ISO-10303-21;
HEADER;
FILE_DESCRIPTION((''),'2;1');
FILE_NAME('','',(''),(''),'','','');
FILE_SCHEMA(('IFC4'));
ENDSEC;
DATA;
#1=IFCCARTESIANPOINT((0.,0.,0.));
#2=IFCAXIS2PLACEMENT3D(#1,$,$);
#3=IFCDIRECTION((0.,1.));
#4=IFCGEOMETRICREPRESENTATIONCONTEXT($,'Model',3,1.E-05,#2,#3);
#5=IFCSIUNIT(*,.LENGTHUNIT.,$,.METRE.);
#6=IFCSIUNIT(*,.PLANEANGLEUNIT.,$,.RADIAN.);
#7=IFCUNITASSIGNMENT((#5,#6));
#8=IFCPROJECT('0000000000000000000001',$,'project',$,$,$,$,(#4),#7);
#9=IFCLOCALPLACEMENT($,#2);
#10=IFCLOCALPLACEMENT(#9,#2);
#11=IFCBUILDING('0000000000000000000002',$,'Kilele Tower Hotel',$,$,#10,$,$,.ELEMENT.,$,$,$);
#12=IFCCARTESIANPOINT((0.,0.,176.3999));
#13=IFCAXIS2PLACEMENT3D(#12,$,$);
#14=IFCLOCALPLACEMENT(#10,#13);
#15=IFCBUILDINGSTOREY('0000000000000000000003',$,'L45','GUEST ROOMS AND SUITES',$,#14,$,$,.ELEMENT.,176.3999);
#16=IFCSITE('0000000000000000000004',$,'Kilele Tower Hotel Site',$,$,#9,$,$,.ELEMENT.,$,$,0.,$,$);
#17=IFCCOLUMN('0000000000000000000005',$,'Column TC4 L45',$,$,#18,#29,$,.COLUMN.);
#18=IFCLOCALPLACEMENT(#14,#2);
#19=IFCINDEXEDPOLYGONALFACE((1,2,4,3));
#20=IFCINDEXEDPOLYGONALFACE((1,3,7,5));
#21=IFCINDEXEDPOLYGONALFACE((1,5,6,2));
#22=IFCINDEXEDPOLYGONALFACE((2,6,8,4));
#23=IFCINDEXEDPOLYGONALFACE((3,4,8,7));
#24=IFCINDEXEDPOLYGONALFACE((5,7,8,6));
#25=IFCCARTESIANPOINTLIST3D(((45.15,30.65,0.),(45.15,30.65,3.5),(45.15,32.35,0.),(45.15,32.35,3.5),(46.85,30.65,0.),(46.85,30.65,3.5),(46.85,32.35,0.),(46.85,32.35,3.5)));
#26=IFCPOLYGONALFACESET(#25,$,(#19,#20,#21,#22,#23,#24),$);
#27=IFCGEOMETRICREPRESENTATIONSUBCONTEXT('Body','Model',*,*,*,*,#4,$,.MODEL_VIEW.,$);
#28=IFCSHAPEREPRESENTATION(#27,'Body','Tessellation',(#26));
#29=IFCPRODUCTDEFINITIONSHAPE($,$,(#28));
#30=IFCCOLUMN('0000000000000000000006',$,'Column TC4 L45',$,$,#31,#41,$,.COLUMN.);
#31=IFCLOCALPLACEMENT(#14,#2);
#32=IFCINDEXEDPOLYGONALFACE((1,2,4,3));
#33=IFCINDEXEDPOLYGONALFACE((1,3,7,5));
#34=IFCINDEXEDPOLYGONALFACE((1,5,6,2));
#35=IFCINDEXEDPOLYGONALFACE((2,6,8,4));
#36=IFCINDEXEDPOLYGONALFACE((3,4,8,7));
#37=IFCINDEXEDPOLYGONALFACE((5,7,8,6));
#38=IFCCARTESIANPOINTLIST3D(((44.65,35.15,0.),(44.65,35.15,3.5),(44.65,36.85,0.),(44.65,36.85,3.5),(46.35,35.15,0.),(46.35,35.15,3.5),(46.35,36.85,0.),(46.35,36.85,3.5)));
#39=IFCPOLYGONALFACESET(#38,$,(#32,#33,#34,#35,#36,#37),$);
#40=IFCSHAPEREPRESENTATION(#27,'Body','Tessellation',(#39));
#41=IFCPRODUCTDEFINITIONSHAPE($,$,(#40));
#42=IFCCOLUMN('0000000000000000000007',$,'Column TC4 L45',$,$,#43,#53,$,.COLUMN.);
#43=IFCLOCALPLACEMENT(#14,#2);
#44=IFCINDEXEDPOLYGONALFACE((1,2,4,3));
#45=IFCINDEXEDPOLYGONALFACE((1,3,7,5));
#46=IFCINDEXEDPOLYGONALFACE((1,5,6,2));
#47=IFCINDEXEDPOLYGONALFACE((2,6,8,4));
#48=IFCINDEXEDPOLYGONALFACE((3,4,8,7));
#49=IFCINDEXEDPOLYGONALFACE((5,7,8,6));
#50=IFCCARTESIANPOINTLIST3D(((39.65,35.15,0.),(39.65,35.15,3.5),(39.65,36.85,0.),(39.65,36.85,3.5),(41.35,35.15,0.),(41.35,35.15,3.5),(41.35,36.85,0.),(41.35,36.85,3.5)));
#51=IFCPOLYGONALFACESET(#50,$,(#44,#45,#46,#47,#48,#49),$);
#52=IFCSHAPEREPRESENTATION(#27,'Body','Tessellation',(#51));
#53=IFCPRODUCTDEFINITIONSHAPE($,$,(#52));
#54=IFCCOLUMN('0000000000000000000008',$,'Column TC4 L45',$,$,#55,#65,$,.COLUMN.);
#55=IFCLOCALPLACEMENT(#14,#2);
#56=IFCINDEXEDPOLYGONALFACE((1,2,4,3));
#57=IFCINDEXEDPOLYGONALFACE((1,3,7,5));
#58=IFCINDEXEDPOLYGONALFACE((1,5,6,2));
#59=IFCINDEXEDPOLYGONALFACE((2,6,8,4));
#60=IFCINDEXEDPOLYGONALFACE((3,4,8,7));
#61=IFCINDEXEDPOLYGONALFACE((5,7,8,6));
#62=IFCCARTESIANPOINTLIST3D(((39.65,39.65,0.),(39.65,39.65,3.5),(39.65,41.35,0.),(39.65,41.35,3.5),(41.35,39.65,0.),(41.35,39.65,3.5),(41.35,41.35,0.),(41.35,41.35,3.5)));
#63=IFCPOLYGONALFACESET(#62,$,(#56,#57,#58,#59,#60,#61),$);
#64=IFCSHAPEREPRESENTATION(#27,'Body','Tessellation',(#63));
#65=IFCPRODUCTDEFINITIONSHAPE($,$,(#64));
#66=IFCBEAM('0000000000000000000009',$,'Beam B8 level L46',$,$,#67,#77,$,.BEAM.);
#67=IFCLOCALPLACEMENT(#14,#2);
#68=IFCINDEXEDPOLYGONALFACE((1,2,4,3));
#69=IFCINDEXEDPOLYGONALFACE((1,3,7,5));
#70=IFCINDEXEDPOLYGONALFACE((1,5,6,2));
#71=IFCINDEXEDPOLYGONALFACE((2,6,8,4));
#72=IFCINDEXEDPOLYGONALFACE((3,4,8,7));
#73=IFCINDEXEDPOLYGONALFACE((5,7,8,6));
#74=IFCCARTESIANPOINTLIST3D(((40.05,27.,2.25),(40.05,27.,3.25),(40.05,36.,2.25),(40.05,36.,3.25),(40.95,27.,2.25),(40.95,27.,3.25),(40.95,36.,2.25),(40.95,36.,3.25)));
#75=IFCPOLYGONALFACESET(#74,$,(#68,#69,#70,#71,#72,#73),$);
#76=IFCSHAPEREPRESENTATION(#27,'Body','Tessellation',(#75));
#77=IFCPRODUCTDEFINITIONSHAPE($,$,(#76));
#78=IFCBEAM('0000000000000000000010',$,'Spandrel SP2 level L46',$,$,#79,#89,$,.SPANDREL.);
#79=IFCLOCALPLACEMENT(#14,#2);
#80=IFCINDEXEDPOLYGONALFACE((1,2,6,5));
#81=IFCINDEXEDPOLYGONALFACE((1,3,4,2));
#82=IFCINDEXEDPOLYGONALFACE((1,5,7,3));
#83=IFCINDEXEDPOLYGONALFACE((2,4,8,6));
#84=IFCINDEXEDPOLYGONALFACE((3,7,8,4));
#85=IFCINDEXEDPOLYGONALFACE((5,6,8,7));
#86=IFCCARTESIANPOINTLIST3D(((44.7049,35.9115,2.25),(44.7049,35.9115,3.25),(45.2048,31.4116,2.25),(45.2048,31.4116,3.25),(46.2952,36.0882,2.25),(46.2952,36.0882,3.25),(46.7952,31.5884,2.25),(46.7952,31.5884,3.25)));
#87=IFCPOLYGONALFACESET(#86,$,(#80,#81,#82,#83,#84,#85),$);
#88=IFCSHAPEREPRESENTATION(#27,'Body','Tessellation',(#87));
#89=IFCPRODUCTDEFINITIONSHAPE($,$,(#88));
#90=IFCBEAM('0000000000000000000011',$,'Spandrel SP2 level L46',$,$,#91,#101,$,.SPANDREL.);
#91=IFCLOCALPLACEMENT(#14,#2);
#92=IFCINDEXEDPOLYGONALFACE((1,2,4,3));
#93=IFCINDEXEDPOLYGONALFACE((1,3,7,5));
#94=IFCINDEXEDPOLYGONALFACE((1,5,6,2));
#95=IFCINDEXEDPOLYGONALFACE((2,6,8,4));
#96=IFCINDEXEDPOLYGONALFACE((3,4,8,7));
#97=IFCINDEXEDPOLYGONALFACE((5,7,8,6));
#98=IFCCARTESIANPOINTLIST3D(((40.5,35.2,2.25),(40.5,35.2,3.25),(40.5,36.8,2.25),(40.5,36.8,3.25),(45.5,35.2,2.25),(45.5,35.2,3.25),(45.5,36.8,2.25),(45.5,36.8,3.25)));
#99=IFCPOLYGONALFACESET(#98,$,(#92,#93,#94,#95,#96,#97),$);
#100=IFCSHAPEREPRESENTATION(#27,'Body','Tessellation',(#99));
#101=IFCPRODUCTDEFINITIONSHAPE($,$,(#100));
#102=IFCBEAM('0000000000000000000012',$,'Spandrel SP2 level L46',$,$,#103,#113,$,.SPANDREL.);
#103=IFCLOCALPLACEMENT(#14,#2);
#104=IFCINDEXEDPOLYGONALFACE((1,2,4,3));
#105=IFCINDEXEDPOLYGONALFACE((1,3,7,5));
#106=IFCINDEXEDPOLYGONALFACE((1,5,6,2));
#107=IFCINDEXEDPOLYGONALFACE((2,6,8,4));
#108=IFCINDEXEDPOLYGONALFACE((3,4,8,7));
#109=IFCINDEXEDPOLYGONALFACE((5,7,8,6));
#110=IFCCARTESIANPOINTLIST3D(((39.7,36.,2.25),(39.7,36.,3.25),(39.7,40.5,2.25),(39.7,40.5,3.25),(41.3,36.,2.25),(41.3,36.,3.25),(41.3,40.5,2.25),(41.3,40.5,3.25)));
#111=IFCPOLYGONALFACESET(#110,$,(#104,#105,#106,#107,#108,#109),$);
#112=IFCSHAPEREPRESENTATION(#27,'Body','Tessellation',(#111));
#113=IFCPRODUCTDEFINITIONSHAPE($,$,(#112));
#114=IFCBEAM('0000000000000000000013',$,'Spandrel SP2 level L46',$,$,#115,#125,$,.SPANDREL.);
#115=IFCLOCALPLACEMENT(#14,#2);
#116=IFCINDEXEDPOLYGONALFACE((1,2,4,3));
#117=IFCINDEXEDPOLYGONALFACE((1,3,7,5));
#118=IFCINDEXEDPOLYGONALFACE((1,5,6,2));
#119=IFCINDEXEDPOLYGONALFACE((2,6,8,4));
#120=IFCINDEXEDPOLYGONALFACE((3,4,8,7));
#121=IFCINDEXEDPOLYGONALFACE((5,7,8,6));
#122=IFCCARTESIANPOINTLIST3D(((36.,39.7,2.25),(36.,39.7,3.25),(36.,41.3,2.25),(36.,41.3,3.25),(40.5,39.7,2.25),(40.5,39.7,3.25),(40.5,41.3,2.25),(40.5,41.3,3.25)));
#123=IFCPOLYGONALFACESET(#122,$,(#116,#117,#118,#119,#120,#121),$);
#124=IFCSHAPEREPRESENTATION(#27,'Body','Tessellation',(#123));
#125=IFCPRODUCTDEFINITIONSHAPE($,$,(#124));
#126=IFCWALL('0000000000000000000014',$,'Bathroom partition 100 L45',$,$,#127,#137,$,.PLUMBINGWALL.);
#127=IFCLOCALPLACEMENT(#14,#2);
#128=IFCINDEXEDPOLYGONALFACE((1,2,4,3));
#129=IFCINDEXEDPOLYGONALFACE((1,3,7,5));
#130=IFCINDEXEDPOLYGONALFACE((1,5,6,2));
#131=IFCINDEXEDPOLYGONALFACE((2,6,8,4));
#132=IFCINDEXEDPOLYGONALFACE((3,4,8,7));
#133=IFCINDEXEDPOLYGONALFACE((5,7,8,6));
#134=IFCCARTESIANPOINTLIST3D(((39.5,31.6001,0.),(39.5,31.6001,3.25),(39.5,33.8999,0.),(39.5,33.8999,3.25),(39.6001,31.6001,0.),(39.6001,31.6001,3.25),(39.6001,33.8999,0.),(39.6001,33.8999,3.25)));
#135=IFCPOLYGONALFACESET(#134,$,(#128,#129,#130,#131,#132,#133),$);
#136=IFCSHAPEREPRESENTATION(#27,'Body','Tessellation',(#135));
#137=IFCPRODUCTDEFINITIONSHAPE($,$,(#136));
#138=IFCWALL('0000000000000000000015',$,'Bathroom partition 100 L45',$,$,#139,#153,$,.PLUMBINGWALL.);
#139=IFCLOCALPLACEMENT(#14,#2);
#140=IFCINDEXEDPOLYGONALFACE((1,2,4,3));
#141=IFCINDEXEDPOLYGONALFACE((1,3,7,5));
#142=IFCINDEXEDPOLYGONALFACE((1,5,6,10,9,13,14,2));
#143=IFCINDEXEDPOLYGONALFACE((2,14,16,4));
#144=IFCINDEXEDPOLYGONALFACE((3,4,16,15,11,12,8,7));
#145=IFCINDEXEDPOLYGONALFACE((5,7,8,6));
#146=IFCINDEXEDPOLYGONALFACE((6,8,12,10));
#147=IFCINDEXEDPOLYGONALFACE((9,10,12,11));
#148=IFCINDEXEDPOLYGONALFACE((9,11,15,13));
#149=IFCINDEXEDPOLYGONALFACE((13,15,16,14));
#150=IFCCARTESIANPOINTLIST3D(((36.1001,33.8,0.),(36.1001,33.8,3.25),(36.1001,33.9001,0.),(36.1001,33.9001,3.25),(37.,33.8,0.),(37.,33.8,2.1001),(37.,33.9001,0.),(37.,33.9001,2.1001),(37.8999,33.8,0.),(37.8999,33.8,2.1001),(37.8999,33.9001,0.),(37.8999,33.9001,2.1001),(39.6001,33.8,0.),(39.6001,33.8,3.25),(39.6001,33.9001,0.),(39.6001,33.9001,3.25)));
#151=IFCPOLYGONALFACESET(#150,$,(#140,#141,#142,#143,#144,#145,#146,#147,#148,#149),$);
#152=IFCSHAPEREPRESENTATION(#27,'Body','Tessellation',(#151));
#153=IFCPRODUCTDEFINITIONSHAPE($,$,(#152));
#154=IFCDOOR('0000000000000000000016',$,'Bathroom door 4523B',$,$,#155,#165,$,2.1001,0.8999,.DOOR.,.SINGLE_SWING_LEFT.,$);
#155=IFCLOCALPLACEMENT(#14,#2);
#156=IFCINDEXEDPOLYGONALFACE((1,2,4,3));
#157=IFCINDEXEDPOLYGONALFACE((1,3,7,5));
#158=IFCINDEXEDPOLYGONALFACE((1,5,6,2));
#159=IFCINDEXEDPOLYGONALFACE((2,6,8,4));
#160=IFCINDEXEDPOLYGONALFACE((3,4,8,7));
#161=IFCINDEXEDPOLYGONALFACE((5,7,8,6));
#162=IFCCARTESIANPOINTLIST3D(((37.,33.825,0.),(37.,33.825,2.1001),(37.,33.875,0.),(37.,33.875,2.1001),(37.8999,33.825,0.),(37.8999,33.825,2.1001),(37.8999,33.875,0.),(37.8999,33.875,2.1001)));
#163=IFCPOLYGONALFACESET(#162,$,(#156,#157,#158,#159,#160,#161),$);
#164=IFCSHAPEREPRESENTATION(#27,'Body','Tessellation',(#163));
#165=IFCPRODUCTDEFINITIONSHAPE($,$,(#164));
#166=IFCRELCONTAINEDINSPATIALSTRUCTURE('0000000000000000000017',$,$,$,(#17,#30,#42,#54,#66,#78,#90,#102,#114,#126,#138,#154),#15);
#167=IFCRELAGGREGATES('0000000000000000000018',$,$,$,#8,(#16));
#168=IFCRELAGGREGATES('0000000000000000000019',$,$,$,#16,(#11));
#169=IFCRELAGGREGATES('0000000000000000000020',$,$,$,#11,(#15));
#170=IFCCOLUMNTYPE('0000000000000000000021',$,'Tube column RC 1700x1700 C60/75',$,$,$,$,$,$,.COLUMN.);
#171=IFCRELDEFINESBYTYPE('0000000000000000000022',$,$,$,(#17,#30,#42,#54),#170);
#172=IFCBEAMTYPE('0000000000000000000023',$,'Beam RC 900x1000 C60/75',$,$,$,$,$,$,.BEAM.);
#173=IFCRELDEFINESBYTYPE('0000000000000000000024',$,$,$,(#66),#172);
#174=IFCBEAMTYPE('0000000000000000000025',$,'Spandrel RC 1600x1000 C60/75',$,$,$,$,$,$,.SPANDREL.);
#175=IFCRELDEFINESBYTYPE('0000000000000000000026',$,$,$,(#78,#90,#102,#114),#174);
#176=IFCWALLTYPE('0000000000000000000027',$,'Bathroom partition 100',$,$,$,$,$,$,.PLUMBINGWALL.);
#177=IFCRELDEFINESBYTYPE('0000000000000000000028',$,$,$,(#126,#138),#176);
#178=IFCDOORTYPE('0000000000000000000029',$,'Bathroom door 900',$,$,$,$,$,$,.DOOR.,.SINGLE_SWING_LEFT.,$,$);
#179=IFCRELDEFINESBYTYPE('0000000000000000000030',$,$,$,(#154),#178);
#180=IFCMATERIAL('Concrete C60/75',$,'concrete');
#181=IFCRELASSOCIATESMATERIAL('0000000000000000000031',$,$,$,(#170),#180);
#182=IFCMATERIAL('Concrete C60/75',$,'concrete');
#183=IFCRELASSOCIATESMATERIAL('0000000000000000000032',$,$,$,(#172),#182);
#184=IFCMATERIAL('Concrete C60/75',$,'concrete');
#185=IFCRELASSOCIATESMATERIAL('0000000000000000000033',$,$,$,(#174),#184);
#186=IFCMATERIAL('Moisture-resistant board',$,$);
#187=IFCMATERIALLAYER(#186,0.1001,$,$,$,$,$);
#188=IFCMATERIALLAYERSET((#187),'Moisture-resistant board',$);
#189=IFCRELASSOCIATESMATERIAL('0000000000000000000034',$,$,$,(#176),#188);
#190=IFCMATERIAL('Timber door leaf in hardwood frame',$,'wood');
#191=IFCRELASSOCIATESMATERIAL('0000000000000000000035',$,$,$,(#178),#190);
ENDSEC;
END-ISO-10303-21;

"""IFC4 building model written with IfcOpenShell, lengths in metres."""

from ifc_helpers import new_model, si_unit, direction, frame, frame_2d, origin, origin_2d, place, context, subcontext, project, spatial, rectangle, extrude, material, layer, layer_set, material_profile, profile_set, type_object, element, fill, save


model = new_model("IFC4")

# Units and contexts
model_context = context("Model", 3, precision=1e-05, world=origin(), true_north=direction((0.0, 1.0)))
body_context = subcontext(model_context, "Body", "Model", "MODEL_VIEW")
ifc_project = project(units=[si_unit("LENGTHUNIT", "METRE"), si_unit("PLANEANGLEUNIT", "RADIAN")], contexts=[model_context])

# Site, building, storey
site_placement = place(None, origin())
site = spatial("IfcSite", under=ifc_project, at=site_placement, Name="Kilele Tower Hotel Site", CompositionType="ELEMENT", RefElevation=0.0)
building_placement = place(site_placement, origin())
building = spatial("IfcBuilding", under=site, at=building_placement, Name="Kilele Tower Hotel", CompositionType="ELEMENT")
storey_placement = place(building_placement, frame((0.0, 0.0, 176.3999)))
storey = spatial("IfcBuildingStorey", under=building, at=storey_placement, Name="L45", Description="GUEST ROOMS AND SUITES", CompositionType="ELEMENT", Elevation=176.3999)

# Columns
ifc_material_1 = material(Name="Concrete C60/75", Category="concrete")
ifc_material_profile_1 = material_profile(ifc_material_1, rectangle(XDim=1.7, YDim=1.7, at=origin_2d()))
ifc_profile_set_1 = profile_set([ifc_material_profile_1], Name="Concrete C60/75")
column_type = type_object("IfcColumnType", Name="Tube column RC 1700x1700 C60/75", PredefinedType="COLUMN", material=ifc_profile_set_1)
for number, where, z_axis, x_axis, name in (
    (1, (46.0, 31.5, 0.0), (0.0, 0.0, 1.0), (1.0, 0.0, 0.0), "Column TC4 L45"),
    (2, (45.5, 36.0, 0.0), (0.0, 0.0, 1.0), (1.0, 0.0, 0.0), "Column TC4 L45"),
    (3, (40.5, 36.0, 0.0), (0.0, 0.0, 1.0), (1.0, 0.0, 0.0), "Column TC4 L45"),
    (4, (40.5, 40.5, 0.0), (0.0, 0.0, 1.0), (1.0, 0.0, 0.0), "Column TC4 L45"),
):
    element("IfcColumn", number, at=place(storey_placement, frame(where, z_axis=z_axis, x_axis=x_axis)), inside=storey, type_object=column_type, Name=name, PredefinedType="COLUMN", context=body_context, shape_type="SweptSolid", body=[
        extrude(rectangle(XDim=1.7, YDim=1.7, at=origin_2d()), origin(), (0.0, 0.0, 1.0), 3.5),
    ])

# Beams
ifc_material_2 = material(Name="Concrete C60/75", Category="concrete")
ifc_material_profile_2 = material_profile(ifc_material_2, rectangle(XDim=0.8999, YDim=1.0, at=origin_2d()))
ifc_profile_set_2 = profile_set([ifc_material_profile_2], Name="Concrete C60/75")
beam_type_1 = type_object("IfcBeamType", Name="Beam RC 900x1000 C60/75", PredefinedType="BEAM", material=ifc_profile_set_2)
beam_1_placement = place(storey_placement, frame((40.5, 36.0, 2.75), z_axis=(0.0, -1.0, 0.0), x_axis=(1.0, 0.0, 0.0)))
element("IfcBeam", 5, at=beam_1_placement, inside=storey, type_object=beam_type_1, Name="Beam B8 level L46", PredefinedType="BEAM", context=body_context, shape_type="SweptSolid", body=[
    extrude(rectangle(XDim=0.8999, YDim=1.0, at=origin_2d()), origin(), (0.0, 0.0, 1.0), 9.0),
])
ifc_material_3 = material(Name="Concrete C60/75", Category="concrete")
ifc_material_profile_3 = material_profile(ifc_material_3, rectangle(XDim=1.6001, YDim=1.0, at=origin_2d()))
ifc_profile_set_3 = profile_set([ifc_material_profile_3], Name="Concrete C60/75")
beam_type_2 = type_object("IfcBeamType", Name="Spandrel RC 1600x1000 C60/75", PredefinedType="SPANDREL", material=ifc_profile_set_3)
beam_2_placement = place(storey_placement, frame((46.0, 31.5, 2.75), z_axis=(-0.110432, 0.993884, 0.0), x_axis=(-0.993884, -0.110432, 0.0)))
element("IfcBeam", 6, at=beam_2_placement, inside=storey, type_object=beam_type_2, Name="Spandrel SP2 level L46", PredefinedType="SPANDREL", context=body_context, shape_type="SweptSolid", body=[
    extrude(rectangle(XDim=1.6001, YDim=1.0, at=origin_2d()), origin(), (0.0, 0.0, 1.0), 4.5276),
])
beam_3_placement = place(storey_placement, frame((45.5, 36.0, 2.75), z_axis=(-1.0, 0.0, 0.0), x_axis=(0.0, -1.0, 0.0)))
element("IfcBeam", 7, at=beam_3_placement, inside=storey, type_object=beam_type_2, Name="Spandrel SP2 level L46", PredefinedType="SPANDREL", context=body_context, shape_type="SweptSolid", body=[
    extrude(rectangle(XDim=1.6001, YDim=1.0, at=origin_2d()), origin(), (0.0, 0.0, 1.0), 5.0),
])
for number, where, z_axis, x_axis, name in (
    (8, (40.5, 36.0, 2.75), (0.0, 1.0, 0.0), (-1.0, 0.0, 0.0), "Spandrel SP2 level L46"),
    (9, (40.5, 40.5, 2.75), (-1.0, 0.0, 0.0), (0.0, -1.0, 0.0), "Spandrel SP2 level L46"),
):
    element("IfcBeam", number, at=place(storey_placement, frame(where, z_axis=z_axis, x_axis=x_axis)), inside=storey, type_object=beam_type_2, Name=name, PredefinedType="SPANDREL", context=body_context, shape_type="SweptSolid", body=[
        extrude(rectangle(XDim=1.6001, YDim=1.0, at=origin_2d()), origin(), (0.0, 0.0, 1.0), 4.5),
    ])

# Wall
ifc_material_4 = material(Name="Moisture-resistant board")
ifc_layer_1 = layer(ifc_material_4, 0.1001)
ifc_layer_set_1 = layer_set([ifc_layer_1], Name="Moisture-resistant board")
wall_type_1 = type_object("IfcWallType", Name="Bathroom partition 100", PredefinedType="PLUMBINGWALL", material=ifc_layer_set_1)
wall_1_placement = place(storey_placement, frame((39.55, 31.6001, 0.0), z_axis=(0.0, 0.0, 1.0), x_axis=(0.0, 1.0, 0.0)))
element("IfcWall", 10, at=wall_1_placement, inside=storey, type_object=wall_type_1, Name="Bathroom partition 100 L45", PredefinedType="PLUMBINGWALL", context=body_context, shape_type="SweptSolid", body=[
    extrude(rectangle(XDim=2.2998, YDim=0.1001, at=frame_2d((1.1499, 0.0))), origin(), (0.0, 0.0, 1.0), 3.25),
])

# Wall, opening, door
wall_2_placement = place(storey_placement, frame((36.1001, 33.8501, 0.0), z_axis=(0.0, 0.0, 1.0), x_axis=(1.0, 0.0, 0.0)))
wall_2 = element("IfcWall", 11, at=wall_2_placement, inside=storey, type_object=wall_type_1, Name="Bathroom partition 100 L45", PredefinedType="PLUMBINGWALL", context=body_context, shape_type="SweptSolid", body=[
    extrude(rectangle(XDim=3.5, YDim=0.1001, at=frame_2d((1.75, 0.0))), origin(), (0.0, 0.0, 1.0), 3.25),
])
opening_1_placement = place(wall_2_placement, frame((0.8999, 0.0, 0.0)))
opening_1 = element("IfcOpeningElement", 12, at=opening_1_placement, cuts=wall_2, PredefinedType="OPENING", context=body_context, shape_type="SweptSolid", body=[
    extrude(rectangle(XDim=0.8999, YDim=2.1001, at=frame_2d((0.45, 1.05))), frame((0.0, 0.0601, 0.0), z_axis=(0.0, -1.0, 0.0), x_axis=(1.0, 0.0, 0.0)), (0.0, 0.0, 1.0), 0.1201),
])
ifc_material_5 = material(Name="Timber door leaf in hardwood frame", Category="wood")
door_type_1 = type_object("IfcDoorType", Name="Bathroom door 900", OperationType="SINGLE_SWING_LEFT", PredefinedType="DOOR", material=ifc_material_5)
door_1_placement = place(opening_1_placement, origin())
door_1 = element("IfcDoor", 13, at=door_1_placement, inside=storey, type_object=door_type_1, Name="Bathroom door 4523B", OperationType="SINGLE_SWING_LEFT", OverallHeight=2.1001, OverallWidth=0.8999, PredefinedType="DOOR", context=body_context, shape_type="SweptSolid", body=[
    extrude(rectangle(XDim=0.8999, YDim=2.1001, at=frame_2d((0.45, 1.05))), frame((0.0, 0.0249, 0.0), z_axis=(0.0, -1.0, 0.0), x_axis=(1.0, 0.0, 0.0)), (0.0, 0.0, 1.0), 0.05),
])
fill(opening_1, door_1)

save(model, "model.ifc")
